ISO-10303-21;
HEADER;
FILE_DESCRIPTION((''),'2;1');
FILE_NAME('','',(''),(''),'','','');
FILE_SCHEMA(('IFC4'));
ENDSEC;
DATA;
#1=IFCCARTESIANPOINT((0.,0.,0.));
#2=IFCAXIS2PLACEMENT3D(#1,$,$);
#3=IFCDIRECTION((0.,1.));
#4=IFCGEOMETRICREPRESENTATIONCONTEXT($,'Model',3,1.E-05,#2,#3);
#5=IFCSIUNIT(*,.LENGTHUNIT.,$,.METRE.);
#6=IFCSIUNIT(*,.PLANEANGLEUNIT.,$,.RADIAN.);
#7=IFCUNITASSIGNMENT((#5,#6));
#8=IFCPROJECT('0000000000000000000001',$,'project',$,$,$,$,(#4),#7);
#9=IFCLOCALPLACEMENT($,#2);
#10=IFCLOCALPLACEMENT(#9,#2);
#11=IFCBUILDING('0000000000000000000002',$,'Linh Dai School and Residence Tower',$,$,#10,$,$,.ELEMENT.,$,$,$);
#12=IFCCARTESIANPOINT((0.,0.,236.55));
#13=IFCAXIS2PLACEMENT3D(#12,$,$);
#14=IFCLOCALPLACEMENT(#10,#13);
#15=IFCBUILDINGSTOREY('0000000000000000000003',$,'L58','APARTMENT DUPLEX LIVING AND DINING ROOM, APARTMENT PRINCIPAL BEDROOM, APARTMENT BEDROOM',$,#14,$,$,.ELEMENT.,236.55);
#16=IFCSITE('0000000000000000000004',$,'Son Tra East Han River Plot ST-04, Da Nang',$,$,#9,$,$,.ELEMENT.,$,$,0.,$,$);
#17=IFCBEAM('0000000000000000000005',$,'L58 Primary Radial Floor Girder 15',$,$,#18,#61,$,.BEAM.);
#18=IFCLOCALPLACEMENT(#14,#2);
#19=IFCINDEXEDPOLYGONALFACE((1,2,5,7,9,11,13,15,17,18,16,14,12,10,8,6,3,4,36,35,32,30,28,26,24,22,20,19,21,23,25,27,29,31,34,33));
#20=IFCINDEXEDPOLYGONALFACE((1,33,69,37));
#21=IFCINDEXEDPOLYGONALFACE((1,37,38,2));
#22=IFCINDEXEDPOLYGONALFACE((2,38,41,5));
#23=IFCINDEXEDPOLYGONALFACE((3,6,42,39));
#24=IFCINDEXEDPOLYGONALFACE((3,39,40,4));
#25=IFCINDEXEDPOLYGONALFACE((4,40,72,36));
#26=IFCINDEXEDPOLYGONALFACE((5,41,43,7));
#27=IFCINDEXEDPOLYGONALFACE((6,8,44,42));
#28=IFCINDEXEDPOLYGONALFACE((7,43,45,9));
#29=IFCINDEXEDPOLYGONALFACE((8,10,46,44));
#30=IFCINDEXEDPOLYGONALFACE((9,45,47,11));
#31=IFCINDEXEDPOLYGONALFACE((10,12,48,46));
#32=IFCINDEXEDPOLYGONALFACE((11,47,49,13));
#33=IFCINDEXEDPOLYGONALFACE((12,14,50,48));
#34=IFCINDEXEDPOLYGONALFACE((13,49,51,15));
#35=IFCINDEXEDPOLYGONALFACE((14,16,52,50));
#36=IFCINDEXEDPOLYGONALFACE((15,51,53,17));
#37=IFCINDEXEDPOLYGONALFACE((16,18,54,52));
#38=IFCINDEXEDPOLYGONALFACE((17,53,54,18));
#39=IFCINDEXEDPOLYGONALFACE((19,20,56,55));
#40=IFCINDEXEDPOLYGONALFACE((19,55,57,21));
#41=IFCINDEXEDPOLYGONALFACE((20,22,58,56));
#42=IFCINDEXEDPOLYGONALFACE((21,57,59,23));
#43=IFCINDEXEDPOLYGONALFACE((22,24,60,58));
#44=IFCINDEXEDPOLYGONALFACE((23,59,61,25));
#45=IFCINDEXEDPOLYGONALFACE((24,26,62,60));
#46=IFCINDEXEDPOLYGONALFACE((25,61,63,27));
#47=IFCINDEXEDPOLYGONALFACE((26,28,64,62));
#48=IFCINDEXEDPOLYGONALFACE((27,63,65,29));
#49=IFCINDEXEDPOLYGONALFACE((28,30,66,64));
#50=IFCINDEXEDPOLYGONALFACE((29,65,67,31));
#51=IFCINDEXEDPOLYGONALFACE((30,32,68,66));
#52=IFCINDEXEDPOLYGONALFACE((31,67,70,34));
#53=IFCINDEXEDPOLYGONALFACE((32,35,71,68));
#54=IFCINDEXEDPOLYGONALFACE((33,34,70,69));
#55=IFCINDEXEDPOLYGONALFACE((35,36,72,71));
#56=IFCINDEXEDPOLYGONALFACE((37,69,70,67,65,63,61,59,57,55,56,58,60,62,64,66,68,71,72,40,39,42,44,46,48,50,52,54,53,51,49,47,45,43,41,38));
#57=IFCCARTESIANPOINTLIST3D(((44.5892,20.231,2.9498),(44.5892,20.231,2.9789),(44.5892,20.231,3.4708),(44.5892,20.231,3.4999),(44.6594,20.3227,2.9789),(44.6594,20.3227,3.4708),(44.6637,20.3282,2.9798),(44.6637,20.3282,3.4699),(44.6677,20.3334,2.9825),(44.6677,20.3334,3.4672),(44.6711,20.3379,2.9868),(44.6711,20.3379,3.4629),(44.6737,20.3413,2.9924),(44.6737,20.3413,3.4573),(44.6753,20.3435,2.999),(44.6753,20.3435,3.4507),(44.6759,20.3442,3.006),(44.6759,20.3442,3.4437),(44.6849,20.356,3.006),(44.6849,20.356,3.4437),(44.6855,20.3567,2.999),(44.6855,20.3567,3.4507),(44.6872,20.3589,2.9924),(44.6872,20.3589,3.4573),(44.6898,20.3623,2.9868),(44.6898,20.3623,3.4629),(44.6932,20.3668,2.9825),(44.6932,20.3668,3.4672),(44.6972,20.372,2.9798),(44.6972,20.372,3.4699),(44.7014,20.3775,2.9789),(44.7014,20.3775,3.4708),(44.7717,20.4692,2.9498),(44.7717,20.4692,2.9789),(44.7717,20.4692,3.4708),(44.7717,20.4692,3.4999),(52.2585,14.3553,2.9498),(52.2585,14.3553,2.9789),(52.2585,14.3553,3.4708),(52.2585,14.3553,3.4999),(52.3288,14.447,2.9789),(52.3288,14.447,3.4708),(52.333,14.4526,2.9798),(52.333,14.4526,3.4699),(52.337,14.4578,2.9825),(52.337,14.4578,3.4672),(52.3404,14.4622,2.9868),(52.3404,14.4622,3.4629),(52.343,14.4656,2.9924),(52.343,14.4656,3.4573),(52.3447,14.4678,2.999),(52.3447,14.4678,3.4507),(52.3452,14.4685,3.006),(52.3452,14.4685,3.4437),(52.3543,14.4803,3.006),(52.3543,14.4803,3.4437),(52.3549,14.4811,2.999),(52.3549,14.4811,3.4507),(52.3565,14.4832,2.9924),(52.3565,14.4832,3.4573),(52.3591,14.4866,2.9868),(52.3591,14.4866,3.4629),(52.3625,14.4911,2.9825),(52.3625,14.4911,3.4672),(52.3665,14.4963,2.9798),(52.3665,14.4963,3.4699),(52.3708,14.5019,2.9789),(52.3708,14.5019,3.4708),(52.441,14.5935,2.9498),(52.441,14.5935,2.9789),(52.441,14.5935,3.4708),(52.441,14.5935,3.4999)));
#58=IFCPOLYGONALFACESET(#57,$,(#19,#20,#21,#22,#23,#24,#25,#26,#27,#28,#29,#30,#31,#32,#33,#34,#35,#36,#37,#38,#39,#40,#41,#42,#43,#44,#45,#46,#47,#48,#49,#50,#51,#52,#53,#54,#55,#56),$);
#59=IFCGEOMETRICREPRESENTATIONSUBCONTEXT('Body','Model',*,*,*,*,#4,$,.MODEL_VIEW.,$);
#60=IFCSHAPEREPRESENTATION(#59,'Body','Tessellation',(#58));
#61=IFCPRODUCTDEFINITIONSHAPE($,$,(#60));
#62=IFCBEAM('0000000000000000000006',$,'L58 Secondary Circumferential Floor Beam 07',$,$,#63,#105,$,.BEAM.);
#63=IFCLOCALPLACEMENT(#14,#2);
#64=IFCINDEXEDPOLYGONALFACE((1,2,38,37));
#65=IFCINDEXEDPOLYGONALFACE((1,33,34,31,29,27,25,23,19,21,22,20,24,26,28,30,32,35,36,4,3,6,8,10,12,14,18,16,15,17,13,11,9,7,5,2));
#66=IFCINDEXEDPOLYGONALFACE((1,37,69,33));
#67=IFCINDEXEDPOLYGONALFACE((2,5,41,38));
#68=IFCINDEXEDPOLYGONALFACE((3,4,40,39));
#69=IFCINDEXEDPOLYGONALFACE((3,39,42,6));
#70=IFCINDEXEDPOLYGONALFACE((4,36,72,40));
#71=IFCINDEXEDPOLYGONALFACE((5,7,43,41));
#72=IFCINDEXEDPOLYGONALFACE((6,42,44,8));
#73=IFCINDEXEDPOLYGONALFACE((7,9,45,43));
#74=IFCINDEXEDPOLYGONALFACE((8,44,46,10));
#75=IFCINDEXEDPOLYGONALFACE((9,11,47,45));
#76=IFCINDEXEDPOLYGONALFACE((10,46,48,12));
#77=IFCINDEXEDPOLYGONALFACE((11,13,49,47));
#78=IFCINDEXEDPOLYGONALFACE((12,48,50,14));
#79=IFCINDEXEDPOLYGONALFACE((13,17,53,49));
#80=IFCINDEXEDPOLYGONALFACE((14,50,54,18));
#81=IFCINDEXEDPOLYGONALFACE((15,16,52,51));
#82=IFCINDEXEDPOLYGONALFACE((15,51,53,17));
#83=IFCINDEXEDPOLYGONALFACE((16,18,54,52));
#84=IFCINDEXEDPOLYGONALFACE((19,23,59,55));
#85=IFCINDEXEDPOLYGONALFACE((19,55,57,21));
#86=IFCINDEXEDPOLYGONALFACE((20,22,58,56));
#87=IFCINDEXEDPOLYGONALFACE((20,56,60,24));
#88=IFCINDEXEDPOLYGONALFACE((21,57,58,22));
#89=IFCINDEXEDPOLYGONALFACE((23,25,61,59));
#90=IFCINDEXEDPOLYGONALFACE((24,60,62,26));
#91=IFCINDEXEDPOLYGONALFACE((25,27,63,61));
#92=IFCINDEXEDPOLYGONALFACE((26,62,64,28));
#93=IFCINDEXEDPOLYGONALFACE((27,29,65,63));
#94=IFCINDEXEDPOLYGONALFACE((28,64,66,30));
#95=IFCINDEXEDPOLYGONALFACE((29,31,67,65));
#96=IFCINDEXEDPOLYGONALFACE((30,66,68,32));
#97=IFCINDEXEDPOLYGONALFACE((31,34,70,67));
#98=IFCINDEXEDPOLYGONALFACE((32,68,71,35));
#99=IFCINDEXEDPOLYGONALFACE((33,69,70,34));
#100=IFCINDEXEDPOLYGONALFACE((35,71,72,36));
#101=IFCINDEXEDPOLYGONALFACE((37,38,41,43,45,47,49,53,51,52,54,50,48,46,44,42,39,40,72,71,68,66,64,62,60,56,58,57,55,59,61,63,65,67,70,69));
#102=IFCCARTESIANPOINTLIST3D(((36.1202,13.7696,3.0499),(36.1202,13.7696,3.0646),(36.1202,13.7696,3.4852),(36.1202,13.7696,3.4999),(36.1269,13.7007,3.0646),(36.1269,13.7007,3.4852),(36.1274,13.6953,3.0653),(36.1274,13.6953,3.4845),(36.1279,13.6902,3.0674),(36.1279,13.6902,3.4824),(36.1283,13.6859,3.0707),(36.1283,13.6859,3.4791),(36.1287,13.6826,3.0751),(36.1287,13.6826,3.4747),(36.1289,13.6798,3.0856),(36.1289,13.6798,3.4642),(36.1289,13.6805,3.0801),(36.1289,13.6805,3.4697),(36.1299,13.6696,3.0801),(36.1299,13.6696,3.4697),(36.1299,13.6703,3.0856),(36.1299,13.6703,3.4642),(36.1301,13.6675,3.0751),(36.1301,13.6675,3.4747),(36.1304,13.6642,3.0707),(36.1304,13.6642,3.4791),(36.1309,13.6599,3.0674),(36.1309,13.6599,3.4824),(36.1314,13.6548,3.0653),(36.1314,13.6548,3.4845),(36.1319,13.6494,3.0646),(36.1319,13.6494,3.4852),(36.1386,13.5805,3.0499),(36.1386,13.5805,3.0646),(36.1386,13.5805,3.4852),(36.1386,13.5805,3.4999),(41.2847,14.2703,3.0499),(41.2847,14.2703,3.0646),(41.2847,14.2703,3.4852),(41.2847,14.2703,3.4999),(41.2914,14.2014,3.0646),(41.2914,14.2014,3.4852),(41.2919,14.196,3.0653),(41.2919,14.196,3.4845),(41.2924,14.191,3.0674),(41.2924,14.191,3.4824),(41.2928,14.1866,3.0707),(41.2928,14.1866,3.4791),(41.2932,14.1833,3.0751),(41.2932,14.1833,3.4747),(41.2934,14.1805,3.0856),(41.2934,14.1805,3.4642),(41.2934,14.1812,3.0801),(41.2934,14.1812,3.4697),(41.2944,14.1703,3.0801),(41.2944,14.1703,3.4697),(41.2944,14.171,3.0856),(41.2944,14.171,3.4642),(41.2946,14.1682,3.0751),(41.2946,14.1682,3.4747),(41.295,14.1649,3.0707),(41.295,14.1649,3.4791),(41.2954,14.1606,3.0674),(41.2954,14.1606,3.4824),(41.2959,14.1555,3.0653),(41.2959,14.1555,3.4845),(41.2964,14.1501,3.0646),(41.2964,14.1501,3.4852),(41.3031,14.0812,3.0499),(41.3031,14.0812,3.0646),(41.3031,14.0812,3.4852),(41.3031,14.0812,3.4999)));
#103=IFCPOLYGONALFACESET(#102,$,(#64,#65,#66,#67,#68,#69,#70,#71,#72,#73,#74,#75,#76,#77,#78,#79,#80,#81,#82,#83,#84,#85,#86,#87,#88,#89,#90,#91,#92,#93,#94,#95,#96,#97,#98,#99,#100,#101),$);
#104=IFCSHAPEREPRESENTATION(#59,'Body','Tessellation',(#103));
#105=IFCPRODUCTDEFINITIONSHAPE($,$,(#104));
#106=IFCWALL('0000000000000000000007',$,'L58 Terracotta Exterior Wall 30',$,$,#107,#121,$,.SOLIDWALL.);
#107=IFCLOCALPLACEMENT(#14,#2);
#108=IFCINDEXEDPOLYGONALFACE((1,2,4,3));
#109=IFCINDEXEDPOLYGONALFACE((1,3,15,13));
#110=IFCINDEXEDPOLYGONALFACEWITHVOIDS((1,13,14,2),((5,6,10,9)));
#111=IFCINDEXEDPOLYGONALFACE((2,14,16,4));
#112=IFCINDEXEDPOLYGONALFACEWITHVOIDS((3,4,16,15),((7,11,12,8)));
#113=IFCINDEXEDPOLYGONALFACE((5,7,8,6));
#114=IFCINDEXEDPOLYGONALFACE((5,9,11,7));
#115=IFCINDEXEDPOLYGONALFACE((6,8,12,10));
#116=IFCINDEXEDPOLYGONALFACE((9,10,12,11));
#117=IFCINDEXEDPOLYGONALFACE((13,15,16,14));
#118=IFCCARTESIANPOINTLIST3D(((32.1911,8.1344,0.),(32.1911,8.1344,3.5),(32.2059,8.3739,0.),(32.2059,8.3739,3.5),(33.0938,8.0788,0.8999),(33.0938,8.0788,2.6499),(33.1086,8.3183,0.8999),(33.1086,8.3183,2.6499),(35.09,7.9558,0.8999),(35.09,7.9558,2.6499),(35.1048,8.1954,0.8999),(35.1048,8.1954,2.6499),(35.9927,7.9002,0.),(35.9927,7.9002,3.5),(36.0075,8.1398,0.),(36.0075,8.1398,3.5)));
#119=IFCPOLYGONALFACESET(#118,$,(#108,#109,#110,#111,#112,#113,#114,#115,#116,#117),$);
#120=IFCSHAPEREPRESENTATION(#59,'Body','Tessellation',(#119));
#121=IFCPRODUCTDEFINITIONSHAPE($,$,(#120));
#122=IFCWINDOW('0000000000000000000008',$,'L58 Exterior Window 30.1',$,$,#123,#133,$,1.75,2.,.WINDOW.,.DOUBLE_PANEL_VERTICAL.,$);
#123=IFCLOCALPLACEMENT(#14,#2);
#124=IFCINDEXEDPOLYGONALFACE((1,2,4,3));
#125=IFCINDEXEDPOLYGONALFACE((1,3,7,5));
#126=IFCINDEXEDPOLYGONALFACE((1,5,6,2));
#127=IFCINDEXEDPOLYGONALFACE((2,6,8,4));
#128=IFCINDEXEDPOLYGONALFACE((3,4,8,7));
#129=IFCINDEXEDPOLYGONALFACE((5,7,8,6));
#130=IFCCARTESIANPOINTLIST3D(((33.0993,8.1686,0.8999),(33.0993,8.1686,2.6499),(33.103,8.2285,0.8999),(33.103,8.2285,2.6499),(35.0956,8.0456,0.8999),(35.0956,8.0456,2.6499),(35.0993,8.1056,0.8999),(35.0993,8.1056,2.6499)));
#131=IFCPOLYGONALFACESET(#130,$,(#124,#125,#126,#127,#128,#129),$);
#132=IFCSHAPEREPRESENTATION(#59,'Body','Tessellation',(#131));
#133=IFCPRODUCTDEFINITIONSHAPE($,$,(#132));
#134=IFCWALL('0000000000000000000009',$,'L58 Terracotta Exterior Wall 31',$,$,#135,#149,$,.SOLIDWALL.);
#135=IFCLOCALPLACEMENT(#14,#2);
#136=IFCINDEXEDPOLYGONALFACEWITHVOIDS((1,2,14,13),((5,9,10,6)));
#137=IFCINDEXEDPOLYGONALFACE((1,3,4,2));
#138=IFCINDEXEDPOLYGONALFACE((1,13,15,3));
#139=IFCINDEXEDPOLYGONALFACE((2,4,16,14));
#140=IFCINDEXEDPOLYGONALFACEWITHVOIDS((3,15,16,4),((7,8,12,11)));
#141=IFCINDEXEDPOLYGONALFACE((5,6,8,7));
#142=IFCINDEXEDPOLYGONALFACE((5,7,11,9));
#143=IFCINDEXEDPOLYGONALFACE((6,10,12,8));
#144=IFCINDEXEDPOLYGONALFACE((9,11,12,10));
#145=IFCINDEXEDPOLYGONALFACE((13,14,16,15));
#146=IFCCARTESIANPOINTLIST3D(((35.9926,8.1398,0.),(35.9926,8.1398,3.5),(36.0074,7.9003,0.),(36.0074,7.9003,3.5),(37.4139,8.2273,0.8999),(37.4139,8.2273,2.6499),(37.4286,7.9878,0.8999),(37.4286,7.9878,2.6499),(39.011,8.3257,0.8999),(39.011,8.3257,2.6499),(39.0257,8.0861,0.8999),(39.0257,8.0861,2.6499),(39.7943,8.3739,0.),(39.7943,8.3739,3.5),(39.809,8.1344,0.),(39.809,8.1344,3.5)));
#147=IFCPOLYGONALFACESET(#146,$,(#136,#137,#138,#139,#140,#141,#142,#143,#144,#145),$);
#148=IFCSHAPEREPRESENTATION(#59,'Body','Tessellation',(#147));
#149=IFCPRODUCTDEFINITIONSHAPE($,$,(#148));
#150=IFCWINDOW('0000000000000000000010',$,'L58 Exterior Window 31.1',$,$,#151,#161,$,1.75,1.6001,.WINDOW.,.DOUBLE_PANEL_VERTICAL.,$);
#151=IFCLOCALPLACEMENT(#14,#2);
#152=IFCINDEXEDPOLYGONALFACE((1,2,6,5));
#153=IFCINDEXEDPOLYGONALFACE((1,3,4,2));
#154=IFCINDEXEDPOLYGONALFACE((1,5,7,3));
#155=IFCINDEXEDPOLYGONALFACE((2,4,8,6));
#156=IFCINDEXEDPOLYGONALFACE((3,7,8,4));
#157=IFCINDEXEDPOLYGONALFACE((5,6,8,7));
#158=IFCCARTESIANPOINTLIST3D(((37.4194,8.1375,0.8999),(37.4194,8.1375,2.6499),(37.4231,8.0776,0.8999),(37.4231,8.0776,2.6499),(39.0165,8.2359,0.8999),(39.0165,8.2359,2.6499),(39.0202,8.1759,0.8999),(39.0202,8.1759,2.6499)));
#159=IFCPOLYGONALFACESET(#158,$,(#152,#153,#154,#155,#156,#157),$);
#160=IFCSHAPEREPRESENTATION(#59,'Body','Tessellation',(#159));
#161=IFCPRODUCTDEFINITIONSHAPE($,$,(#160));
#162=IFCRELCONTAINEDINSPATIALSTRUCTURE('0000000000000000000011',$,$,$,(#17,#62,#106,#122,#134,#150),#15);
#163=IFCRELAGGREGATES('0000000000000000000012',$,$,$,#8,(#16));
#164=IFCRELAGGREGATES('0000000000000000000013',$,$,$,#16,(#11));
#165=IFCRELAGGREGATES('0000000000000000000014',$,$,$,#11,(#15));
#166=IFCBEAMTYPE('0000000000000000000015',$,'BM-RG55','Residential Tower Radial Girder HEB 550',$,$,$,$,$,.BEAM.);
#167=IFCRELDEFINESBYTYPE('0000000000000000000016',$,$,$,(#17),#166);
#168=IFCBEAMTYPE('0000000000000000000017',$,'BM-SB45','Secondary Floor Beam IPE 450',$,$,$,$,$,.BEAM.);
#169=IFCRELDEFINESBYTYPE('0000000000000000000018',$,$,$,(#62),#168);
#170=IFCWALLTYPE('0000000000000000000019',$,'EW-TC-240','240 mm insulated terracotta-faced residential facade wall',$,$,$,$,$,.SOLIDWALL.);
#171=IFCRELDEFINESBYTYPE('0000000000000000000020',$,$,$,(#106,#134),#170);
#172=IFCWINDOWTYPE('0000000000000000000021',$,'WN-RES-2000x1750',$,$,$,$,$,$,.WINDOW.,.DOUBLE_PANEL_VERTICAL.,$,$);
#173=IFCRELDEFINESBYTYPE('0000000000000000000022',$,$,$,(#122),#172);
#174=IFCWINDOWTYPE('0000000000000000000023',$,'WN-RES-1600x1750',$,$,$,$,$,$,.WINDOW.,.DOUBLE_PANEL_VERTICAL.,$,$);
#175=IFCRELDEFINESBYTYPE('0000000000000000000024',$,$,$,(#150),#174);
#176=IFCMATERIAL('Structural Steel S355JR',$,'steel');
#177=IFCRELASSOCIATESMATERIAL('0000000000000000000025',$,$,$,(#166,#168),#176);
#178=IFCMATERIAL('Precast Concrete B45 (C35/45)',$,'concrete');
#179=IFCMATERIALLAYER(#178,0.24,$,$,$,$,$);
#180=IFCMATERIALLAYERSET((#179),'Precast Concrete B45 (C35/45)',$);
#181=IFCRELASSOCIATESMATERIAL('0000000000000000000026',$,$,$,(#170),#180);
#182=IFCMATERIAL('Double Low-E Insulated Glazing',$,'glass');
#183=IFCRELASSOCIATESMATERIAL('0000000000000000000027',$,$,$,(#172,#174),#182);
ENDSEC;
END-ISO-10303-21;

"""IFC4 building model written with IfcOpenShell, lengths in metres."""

from ifc_helpers import new_model, si_unit, direction, frame, frame_2d, origin, origin_2d, place, context, subcontext, project, spatial, rectangle, i_section, extrude, source, transform, mapped, material, layer, layer_set, material_profile, profile_set, type_object, element, fill, save


model = new_model("IFC4")

# Units and contexts
model_context = context("Model", 3, precision=1e-05, world=origin(), true_north=direction((0.0, 1.0)))
body_context = subcontext(model_context, "Body", "Model", "MODEL_VIEW")
ifc_project = project(units=[si_unit("LENGTHUNIT", "METRE"), si_unit("PLANEANGLEUNIT", "RADIAN")], contexts=[model_context])

# Site, building, storey
site_placement = place(None, origin())
site = spatial("IfcSite", under=ifc_project, at=site_placement, Name="Son Tra East Han River Plot ST-04, Da Nang", CompositionType="ELEMENT", RefElevation=0.0)
building_placement = place(site_placement, origin())
building = spatial("IfcBuilding", under=site, at=building_placement, Name="Linh Dai School and Residence Tower", CompositionType="ELEMENT")
storey_placement = place(building_placement, frame((0.0, 0.0, 236.55)))
storey = spatial("IfcBuildingStorey", under=building, at=storey_placement, Name="L58", Description="APARTMENT DUPLEX LIVING AND DINING ROOM, APARTMENT PRINCIPAL BEDROOM, APARTMENT BEDROOM", CompositionType="ELEMENT", Elevation=236.55)

# Shared definitions
ifc_material_1 = material(Name="Structural Steel S355JR", Category="steel")

# Beams
ifc_material_profile_1 = material_profile(ifc_material_1, i_section(OverallWidth=0.3, OverallDepth=0.55, WebThickness=0.0149, FlangeThickness=0.0291, FilletRadius=0.0271, at=origin_2d()), Name="HEB 550")
ifc_profile_set_1 = profile_set([ifc_material_profile_1], Name="Structural Steel S355JR")
beam_type_1 = type_object("IfcBeamType", Name="BM-RG55", Description="Residential Tower Radial Girder HEB 550", PredefinedType="BEAM", material=ifc_profile_set_1)
beam_1_placement = place(storey_placement, frame((44.6804, 20.3501, 3.2249), z_axis=(0.793815, -0.60816, 0.0), x_axis=(0.60816, 0.793815, 0.0)))
element("IfcBeam", 1, at=beam_1_placement, inside=storey, type_object=beam_type_1, Name="L58 Primary Radial Floor Girder 15", PredefinedType="BEAM", context=body_context, shape_type="SweptSolid", body=[
    extrude(i_section(OverallWidth=0.3, OverallDepth=0.55, WebThickness=0.0149, FlangeThickness=0.0291, FilletRadius=0.0271, at=origin_2d()), origin(), (0.0, 0.0, 1.0), 9.6614),
])
ifc_material_profile_2 = material_profile(ifc_material_1, i_section(OverallWidth=0.1899, OverallDepth=0.45, WebThickness=0.0095, FlangeThickness=0.0146, FilletRadius=0.021, at=origin_2d()), Name="IPE 450")
ifc_profile_set_2 = profile_set([ifc_material_profile_2], Name="Structural Steel S355JR")
beam_type_2 = type_object("IfcBeamType", Name="BM-SB45", Description="Secondary Floor Beam IPE 450", PredefinedType="BEAM", material=ifc_profile_set_2)
beam_2_placement = place(storey_placement, frame((36.1294, 13.675, 3.2749), z_axis=(0.995333, 0.096503, 0.0), x_axis=(-0.096503, 0.995333, 0.0)))
element("IfcBeam", 2, at=beam_2_placement, inside=storey, type_object=beam_type_2, Name="L58 Secondary Circumferential Floor Beam 07", PredefinedType="BEAM", context=body_context, shape_type="SweptSolid", body=[
    extrude(i_section(OverallWidth=0.1899, OverallDepth=0.45, WebThickness=0.0095, FlangeThickness=0.0146, FilletRadius=0.021, at=origin_2d()), origin(), (0.0, 0.0, 1.0), 5.1887),
])

# Walls, openings, windows
ifc_material_2 = material(Name="Precast Concrete B45 (C35/45)", Category="concrete")
ifc_layer_1 = layer(ifc_material_2, 0.24)
ifc_layer_set_1 = layer_set([ifc_layer_1], Name="Precast Concrete B45 (C35/45)")
wall_type_1 = type_object("IfcWallType", Name="EW-TC-240", Description="240 mm insulated terracotta-faced residential facade wall", PredefinedType="SOLIDWALL", material=ifc_layer_set_1)
wall_1_placement = place(storey_placement, frame((36.0, 8.02, 0.0), z_axis=(0.0, 0.0, 1.0), x_axis=(-0.998109, 0.061472, 0.0)))
wall_1 = element("IfcWall", 3, at=wall_1_placement, inside=storey, type_object=wall_type_1, Name="L58 Terracotta Exterior Wall 30", PredefinedType="SOLIDWALL", context=body_context, shape_type="SweptSolid", body=[
    extrude(rectangle(XDim=3.8088, YDim=0.24, at=frame_2d((1.9043, 0.0))), origin(), (0.0, 0.0, 1.0), 3.5),
])
opening_1_placement = place(wall_1_placement, frame((0.9043, 0.0, 0.8999)))
opening_1 = element("IfcOpeningElement", 4, at=opening_1_placement, cuts=wall_1, PredefinedType="OPENING", context=body_context, shape_type="SweptSolid", body=[
    extrude(rectangle(XDim=2.0, YDim=1.75, at=origin_2d()), frame((1.0, 0.1299, 0.875), z_axis=(0.0, -1.0, 0.0), x_axis=(1.0, 0.0, 0.0)), (0.0, 0.0, 1.0), 0.26),
])
ifc_material_3 = material(Name="Double Low-E Insulated Glazing", Category="glass")
window_type_1 = type_object("IfcWindowType", Name="WN-RES-2000x1750", PartitioningType="DOUBLE_PANEL_VERTICAL", PredefinedType="WINDOW", material=ifc_material_3)
shared_shape_1 = source(origin(), body_context, "Body", "SweptSolid", [
    extrude(rectangle(XDim=2.0, YDim=1.75, at=origin_2d()), frame((1.0, 0.03, 0.875), z_axis=(0.0, -1.0, 0.0), x_axis=(1.0, 0.0, 0.0)), (0.0, 0.0, 1.0), 0.0601),
])
window_1_placement = place(opening_1_placement, origin())
window_1 = element("IfcWindow", 5, at=window_1_placement, inside=storey, type_object=window_type_1, Name="L58 Exterior Window 30.1", OverallHeight=1.75, OverallWidth=2.0, PartitioningType="DOUBLE_PANEL_VERTICAL", PredefinedType="WINDOW", context=body_context, shape_type="MappedRepresentation", body=[
    mapped(shared_shape_1, transform((0.0, 0.0, 0.0), x_axis=(1.0, 0.0, 0.0), y_axis=(0.0, 1.0, 0.0), z_axis=(0.0, 0.0, 1.0), scale=1.0)),
])
fill(opening_1, window_1)
wall_2_placement = place(storey_placement, frame((39.8015, 8.2542, 0.0), z_axis=(0.0, 0.0, 1.0), x_axis=(-0.998109, -0.061472, 0.0)))
wall_2 = element("IfcWall", 6, at=wall_2_placement, inside=storey, type_object=wall_type_1, Name="L58 Terracotta Exterior Wall 31", PredefinedType="SOLIDWALL", context=body_context, shape_type="SweptSolid", body=[
    extrude(rectangle(XDim=3.8088, YDim=0.24, at=frame_2d((1.9043, 0.0))), origin(), (0.0, 0.0, 1.0), 3.5),
])
opening_2_placement = place(wall_2_placement, frame((0.7847, 0.0, 0.8999)))
opening_2 = element("IfcOpeningElement", 7, at=opening_2_placement, cuts=wall_2, PredefinedType="OPENING", context=body_context, shape_type="SweptSolid", body=[
    extrude(rectangle(XDim=1.6001, YDim=1.75, at=origin_2d()), frame((0.8, 0.1299, 0.875), z_axis=(0.0, -1.0, 0.0), x_axis=(1.0, 0.0, 0.0)), (0.0, 0.0, 1.0), 0.26),
])
window_type_2 = type_object("IfcWindowType", Name="WN-RES-1600x1750", PartitioningType="DOUBLE_PANEL_VERTICAL", PredefinedType="WINDOW", material=ifc_material_3)
shared_shape_2 = source(origin(), body_context, "Body", "SweptSolid", [
    extrude(rectangle(XDim=1.6001, YDim=1.75, at=origin_2d()), frame((0.8, 0.03, 0.875), z_axis=(0.0, -1.0, 0.0), x_axis=(1.0, 0.0, 0.0)), (0.0, 0.0, 1.0), 0.0601),
])
window_2_placement = place(opening_2_placement, origin())
window_2 = element("IfcWindow", 8, at=window_2_placement, inside=storey, type_object=window_type_2, Name="L58 Exterior Window 31.1", OverallHeight=1.75, OverallWidth=1.6001, PartitioningType="DOUBLE_PANEL_VERTICAL", PredefinedType="WINDOW", context=body_context, shape_type="MappedRepresentation", body=[
    mapped(shared_shape_2, transform((0.0, 0.0, 0.0), x_axis=(1.0, 0.0, 0.0), y_axis=(0.0, 1.0, 0.0), z_axis=(0.0, 0.0, 1.0), scale=1.0)),
])
fill(opening_2, window_2)

save(model, "model.ifc")
